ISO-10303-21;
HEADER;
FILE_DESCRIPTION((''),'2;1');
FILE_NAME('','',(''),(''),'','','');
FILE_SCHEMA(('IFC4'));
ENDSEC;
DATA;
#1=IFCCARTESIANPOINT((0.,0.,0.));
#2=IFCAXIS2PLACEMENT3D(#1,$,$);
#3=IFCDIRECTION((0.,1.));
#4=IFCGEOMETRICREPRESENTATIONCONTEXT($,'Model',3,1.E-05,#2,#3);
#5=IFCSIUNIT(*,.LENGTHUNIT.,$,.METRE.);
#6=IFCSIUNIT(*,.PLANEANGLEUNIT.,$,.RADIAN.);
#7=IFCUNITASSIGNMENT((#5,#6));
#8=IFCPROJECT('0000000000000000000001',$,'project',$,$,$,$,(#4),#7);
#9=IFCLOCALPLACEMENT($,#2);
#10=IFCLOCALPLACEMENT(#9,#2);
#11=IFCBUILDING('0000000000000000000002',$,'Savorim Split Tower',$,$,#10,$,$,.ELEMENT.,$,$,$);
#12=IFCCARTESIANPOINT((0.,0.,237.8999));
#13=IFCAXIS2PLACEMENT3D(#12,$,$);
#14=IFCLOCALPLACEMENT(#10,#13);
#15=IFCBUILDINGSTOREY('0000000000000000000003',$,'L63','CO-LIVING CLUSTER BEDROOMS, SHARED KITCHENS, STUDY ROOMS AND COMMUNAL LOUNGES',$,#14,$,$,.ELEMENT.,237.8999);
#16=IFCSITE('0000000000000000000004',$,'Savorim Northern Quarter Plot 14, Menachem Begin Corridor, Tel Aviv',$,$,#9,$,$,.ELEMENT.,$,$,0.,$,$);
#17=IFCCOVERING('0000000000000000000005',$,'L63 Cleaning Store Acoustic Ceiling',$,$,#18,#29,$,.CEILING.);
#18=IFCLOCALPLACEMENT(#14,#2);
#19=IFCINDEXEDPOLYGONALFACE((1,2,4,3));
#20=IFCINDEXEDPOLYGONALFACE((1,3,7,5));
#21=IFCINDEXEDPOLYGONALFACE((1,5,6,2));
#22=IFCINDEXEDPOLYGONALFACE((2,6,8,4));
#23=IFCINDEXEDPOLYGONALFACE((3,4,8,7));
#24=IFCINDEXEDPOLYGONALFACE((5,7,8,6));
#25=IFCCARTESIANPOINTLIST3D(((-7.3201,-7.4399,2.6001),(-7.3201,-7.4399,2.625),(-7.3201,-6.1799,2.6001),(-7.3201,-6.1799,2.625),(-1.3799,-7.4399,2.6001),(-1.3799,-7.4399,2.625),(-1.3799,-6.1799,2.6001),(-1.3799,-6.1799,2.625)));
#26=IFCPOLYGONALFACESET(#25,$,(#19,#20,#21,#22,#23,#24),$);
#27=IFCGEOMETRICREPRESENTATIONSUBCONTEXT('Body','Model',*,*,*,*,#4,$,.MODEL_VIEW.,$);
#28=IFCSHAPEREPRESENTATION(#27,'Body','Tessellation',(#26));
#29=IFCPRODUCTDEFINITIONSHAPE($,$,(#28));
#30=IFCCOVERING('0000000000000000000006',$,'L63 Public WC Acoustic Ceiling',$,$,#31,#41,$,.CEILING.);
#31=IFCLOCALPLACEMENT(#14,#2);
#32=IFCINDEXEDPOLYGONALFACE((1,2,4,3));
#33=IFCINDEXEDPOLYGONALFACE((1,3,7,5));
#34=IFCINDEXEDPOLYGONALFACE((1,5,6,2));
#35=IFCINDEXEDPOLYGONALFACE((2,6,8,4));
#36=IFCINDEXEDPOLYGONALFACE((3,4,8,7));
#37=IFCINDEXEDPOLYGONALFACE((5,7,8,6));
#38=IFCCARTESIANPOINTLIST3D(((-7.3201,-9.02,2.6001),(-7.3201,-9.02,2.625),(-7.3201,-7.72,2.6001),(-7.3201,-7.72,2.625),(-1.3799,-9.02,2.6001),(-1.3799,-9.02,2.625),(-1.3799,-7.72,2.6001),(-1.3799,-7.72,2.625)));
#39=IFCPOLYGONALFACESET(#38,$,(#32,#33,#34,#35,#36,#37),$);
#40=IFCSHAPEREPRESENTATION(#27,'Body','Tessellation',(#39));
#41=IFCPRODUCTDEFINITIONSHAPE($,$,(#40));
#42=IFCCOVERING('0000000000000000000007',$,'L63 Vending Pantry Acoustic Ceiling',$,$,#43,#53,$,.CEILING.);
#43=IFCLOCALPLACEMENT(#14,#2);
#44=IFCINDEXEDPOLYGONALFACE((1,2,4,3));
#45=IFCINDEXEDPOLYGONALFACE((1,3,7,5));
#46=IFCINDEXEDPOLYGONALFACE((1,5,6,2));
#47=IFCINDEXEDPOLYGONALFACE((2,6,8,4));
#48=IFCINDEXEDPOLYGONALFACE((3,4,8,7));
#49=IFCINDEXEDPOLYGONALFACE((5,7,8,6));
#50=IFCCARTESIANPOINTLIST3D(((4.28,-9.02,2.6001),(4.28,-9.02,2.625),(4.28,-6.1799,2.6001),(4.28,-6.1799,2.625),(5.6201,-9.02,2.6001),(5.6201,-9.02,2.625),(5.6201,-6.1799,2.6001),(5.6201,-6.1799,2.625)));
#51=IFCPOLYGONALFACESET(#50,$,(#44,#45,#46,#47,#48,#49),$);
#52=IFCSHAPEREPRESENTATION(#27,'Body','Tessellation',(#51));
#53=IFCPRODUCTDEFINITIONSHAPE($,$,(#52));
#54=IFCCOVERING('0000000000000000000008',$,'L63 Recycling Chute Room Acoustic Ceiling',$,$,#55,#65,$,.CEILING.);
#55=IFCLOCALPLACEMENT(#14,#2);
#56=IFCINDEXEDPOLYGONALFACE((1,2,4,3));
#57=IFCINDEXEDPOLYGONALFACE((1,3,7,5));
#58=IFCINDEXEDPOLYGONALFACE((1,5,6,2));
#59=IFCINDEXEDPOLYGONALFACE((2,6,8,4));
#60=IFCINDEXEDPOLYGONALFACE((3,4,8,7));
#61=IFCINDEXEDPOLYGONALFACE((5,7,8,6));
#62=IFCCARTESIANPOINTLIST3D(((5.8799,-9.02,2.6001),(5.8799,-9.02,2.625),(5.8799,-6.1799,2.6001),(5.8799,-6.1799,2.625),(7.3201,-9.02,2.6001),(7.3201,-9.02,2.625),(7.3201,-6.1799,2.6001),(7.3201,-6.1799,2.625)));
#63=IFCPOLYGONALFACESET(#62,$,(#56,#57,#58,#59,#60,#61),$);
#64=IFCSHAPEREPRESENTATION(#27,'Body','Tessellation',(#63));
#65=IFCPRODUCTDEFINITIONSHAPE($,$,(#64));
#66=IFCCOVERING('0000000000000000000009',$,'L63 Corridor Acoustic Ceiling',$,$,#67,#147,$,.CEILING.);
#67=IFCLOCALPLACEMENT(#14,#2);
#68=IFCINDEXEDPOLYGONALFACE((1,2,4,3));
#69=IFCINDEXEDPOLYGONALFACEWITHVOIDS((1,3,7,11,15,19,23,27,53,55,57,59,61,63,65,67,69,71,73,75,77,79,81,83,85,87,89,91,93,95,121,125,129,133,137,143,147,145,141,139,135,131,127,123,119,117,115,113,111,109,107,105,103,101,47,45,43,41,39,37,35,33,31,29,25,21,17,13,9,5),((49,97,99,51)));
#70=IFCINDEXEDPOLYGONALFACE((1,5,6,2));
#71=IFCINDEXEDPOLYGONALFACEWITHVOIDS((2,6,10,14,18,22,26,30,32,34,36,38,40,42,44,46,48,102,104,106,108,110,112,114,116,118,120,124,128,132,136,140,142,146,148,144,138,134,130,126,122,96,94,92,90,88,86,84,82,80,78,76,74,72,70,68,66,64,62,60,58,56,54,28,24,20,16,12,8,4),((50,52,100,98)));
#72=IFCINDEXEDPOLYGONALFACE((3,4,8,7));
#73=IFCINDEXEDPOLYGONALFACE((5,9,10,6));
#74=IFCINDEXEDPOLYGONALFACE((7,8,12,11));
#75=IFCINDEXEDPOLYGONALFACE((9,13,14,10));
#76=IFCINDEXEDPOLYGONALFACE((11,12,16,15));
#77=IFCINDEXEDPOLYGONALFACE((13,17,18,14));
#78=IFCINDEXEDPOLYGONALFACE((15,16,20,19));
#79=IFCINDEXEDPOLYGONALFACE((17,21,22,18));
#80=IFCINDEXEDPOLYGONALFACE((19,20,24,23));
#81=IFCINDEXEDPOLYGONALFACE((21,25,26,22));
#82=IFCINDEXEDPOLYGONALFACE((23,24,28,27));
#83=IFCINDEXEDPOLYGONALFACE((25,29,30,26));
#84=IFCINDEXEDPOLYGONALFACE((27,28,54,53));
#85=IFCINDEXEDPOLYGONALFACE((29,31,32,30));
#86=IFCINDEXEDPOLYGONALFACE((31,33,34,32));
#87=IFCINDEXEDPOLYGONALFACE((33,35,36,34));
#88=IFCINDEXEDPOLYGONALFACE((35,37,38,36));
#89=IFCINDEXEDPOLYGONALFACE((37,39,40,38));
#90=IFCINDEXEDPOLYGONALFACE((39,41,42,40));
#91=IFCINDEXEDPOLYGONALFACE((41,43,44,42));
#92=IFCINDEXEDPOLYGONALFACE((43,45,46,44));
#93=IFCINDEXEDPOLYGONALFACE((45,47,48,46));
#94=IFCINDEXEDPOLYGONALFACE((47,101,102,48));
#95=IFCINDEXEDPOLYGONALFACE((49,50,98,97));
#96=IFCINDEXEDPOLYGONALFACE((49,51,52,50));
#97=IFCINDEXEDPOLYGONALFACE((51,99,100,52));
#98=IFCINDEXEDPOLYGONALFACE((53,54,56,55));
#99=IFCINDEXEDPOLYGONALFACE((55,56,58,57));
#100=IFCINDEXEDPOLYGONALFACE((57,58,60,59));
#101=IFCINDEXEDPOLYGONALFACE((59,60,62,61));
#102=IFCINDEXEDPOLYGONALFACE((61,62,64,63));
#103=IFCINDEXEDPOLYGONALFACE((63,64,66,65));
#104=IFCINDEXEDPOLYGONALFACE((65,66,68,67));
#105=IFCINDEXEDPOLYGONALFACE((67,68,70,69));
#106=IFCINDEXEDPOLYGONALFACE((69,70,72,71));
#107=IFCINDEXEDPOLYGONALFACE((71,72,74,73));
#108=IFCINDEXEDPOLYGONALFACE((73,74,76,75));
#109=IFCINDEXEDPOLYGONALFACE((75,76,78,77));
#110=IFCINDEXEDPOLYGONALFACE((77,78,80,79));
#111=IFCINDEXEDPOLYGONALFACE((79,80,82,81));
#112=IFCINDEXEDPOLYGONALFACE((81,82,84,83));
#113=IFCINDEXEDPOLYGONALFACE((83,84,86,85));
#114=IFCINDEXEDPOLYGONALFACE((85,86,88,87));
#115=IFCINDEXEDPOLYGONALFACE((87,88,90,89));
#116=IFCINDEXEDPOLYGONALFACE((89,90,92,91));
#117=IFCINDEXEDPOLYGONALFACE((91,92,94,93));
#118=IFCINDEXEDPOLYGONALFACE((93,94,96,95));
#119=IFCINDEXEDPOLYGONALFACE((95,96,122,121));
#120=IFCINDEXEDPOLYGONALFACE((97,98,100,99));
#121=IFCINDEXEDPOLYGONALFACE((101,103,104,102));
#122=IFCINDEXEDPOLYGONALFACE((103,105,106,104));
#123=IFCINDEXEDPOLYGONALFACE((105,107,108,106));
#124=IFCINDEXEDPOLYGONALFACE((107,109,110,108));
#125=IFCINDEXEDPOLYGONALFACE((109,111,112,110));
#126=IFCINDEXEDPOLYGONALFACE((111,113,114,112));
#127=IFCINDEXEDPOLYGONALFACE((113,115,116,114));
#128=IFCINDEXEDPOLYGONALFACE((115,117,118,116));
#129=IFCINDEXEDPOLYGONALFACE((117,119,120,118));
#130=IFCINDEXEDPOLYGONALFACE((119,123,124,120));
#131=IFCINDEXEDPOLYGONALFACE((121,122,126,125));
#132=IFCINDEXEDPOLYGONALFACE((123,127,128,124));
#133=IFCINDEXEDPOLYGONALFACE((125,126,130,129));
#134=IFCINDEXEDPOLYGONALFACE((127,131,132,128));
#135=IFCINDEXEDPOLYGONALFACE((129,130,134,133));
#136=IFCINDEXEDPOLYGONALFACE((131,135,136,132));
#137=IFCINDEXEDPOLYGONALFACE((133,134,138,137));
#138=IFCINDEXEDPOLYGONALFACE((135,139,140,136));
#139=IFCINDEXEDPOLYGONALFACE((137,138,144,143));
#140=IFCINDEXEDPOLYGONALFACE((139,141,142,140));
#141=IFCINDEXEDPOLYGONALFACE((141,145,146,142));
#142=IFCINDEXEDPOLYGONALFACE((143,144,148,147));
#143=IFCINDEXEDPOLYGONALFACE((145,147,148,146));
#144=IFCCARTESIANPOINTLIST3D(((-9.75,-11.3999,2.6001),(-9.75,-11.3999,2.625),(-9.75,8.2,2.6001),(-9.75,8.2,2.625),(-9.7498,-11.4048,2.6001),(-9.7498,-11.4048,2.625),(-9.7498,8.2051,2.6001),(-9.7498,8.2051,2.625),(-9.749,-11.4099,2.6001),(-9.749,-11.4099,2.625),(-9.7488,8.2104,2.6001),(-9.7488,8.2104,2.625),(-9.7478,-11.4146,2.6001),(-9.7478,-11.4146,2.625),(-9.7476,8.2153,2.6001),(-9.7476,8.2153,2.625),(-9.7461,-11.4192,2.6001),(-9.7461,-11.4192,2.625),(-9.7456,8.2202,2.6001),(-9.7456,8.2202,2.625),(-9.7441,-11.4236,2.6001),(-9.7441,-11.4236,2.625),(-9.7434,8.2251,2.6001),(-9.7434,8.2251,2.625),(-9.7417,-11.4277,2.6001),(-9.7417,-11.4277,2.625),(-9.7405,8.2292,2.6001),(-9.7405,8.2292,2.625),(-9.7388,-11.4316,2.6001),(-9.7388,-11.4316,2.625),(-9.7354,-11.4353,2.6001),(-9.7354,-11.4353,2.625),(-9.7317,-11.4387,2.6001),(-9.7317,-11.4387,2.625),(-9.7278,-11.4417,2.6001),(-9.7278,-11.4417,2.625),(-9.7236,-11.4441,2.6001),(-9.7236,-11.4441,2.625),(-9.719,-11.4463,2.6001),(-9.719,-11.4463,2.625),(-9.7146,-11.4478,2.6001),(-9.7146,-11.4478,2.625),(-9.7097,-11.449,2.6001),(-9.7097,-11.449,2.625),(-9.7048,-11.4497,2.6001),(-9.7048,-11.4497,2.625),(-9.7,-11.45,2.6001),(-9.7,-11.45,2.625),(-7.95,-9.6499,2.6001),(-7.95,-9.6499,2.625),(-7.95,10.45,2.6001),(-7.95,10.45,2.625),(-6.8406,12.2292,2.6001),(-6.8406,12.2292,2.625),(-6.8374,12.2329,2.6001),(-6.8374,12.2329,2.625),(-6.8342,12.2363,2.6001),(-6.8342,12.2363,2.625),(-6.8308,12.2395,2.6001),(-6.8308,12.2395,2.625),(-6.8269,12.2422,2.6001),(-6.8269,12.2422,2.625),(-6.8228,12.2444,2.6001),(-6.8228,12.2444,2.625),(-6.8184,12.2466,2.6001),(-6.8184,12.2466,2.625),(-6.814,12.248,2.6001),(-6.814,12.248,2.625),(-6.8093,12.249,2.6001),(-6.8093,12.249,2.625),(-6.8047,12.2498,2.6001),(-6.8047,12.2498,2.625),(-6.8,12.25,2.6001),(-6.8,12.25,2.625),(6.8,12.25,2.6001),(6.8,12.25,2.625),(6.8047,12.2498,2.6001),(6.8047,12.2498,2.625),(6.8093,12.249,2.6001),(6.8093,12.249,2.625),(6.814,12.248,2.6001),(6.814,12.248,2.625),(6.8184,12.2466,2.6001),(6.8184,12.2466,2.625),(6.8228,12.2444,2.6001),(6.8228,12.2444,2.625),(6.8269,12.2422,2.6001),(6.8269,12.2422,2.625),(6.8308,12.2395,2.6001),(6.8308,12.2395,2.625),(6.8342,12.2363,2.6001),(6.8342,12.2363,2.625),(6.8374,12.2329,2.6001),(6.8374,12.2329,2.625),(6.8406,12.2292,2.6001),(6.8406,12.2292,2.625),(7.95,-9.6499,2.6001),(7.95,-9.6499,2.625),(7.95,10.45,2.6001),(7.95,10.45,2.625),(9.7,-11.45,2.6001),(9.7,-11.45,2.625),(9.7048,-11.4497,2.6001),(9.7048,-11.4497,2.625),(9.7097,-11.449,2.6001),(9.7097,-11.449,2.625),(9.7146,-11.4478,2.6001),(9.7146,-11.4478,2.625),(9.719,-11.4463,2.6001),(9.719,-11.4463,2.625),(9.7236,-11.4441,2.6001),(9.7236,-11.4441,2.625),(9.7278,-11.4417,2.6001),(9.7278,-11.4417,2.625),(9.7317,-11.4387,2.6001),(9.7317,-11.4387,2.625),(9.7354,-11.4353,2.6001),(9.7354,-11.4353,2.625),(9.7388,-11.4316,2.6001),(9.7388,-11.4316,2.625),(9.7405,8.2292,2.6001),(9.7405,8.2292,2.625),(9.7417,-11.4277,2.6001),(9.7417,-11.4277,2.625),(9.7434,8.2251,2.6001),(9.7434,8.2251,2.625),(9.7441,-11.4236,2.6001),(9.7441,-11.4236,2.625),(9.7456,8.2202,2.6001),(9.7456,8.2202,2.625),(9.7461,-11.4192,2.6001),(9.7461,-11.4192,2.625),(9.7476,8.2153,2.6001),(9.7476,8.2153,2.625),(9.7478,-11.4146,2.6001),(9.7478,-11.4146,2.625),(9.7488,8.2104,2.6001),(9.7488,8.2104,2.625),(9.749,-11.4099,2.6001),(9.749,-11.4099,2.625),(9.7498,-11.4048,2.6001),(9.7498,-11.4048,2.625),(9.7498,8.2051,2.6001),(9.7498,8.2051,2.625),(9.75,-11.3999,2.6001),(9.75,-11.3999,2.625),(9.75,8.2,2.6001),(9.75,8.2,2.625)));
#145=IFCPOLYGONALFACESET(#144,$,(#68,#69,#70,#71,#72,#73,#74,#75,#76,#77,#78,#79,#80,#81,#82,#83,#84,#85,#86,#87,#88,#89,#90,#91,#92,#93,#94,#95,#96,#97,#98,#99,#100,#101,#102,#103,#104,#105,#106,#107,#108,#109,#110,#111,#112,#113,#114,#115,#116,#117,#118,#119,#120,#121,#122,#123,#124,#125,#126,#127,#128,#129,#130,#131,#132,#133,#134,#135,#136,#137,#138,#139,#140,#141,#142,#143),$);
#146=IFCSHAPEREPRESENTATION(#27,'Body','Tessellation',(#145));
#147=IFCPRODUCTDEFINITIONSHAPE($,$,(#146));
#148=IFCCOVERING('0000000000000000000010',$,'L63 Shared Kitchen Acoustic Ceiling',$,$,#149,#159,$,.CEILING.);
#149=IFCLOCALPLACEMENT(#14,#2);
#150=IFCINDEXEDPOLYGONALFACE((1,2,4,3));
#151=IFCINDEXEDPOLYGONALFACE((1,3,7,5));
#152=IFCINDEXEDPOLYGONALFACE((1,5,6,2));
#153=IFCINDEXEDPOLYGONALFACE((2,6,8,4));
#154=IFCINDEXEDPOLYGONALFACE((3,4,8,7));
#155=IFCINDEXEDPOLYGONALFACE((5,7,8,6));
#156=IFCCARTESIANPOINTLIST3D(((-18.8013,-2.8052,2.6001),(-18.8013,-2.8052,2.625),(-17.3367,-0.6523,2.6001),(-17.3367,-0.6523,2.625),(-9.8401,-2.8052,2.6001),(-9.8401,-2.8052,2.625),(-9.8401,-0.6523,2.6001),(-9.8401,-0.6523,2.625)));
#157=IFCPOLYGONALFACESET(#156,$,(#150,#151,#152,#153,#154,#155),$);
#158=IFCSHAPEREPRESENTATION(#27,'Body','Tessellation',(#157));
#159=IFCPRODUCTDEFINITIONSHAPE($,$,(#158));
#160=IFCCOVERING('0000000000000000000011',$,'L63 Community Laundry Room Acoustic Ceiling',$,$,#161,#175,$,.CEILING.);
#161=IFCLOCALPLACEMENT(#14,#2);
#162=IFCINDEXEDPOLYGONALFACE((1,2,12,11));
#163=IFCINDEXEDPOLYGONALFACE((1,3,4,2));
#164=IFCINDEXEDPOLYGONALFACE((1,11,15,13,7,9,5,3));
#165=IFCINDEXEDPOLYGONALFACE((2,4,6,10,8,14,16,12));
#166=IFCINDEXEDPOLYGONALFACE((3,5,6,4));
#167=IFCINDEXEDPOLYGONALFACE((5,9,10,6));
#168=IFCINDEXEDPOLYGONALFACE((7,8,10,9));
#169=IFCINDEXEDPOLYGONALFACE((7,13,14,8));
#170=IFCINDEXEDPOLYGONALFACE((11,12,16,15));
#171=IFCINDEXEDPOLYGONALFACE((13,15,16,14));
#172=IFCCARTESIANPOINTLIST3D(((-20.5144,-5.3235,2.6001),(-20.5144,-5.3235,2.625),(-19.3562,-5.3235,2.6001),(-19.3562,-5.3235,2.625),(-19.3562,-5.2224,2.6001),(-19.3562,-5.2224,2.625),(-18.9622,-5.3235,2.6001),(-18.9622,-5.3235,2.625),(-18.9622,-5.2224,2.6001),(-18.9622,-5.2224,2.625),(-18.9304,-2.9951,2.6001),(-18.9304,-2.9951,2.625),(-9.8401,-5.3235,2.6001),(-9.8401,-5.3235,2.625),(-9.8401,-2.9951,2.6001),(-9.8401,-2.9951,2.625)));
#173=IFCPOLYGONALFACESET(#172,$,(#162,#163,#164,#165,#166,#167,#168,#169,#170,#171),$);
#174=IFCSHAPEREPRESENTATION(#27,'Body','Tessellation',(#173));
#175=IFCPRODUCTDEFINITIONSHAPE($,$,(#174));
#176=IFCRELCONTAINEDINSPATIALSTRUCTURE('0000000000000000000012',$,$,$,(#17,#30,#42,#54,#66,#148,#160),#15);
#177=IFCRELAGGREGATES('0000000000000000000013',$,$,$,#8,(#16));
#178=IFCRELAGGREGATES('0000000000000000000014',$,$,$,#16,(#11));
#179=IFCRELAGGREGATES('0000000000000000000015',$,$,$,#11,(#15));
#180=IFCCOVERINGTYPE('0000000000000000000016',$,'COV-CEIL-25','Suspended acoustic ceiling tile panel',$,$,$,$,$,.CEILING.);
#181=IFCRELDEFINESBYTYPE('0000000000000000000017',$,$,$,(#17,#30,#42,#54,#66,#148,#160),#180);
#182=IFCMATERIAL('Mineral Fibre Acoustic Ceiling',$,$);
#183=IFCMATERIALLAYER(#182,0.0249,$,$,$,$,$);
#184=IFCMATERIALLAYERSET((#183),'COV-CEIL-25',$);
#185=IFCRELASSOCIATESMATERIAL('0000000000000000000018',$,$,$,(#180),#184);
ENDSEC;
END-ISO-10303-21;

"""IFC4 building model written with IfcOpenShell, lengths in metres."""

from ifc_helpers import new_model, si_unit, direction, frame, origin, place, context, subcontext, project, spatial, polyline, outline, extrude, material, layer, layer_set, type_object, element, save


model = new_model("IFC4")

# Units and contexts
model_context = context("Model", 3, precision=1e-05, world=origin(), true_north=direction((0.0, 1.0)))
body_context = subcontext(model_context, "Body", "Model", "MODEL_VIEW")
ifc_project = project(units=[si_unit("LENGTHUNIT", "METRE"), si_unit("PLANEANGLEUNIT", "RADIAN")], contexts=[model_context])

# Site, building, storey
site_placement = place(None, origin())
site = spatial("IfcSite", under=ifc_project, at=site_placement, Name="Savorim Northern Quarter Plot 14, Menachem Begin Corridor, Tel Aviv", CompositionType="ELEMENT", RefElevation=0.0)
building_placement = place(site_placement, origin())
building = spatial("IfcBuilding", under=site, at=building_placement, Name="Savorim Split Tower", CompositionType="ELEMENT")
storey_placement = place(building_placement, frame((0.0, 0.0, 237.8999)))
storey = spatial("IfcBuildingStorey", under=building, at=storey_placement, Name="L63", Description="CO-LIVING CLUSTER BEDROOMS, SHARED KITCHENS, STUDY ROOMS AND COMMUNAL LOUNGES", CompositionType="ELEMENT", Elevation=237.8999)

# Coverings
ifc_material_1 = material(Name="Mineral Fibre Acoustic Ceiling")
ifc_layer_1 = layer(ifc_material_1, 0.0249)
ifc_layer_set_1 = layer_set([ifc_layer_1], Name="COV-CEIL-25")
covering_type_1 = type_object("IfcCoveringType", Name="COV-CEIL-25", Description="Suspended acoustic ceiling tile panel", PredefinedType="CEILING", material=ifc_layer_set_1)
covering_1_placement = place(storey_placement, frame((0.0, 0.0, 2.6001)))
element("IfcCovering", 1, at=covering_1_placement, inside=storey, type_object=covering_type_1, Name="L63 Cleaning Store Acoustic Ceiling", PredefinedType="CEILING", context=body_context, shape_type="SweptSolid", body=[
    extrude(outline(polyline([(-7.3201, -6.1799), (-7.3201, -7.4399), (-1.3799, -7.4399), (-1.3799, -6.1799), (-7.3201, -6.1799)])), origin(), (0.0, 0.0, 1.0), 0.0249),
])
covering_2_placement = place(storey_placement, frame((0.0, 0.0, 2.6001)))
element("IfcCovering", 2, at=covering_2_placement, inside=storey, type_object=covering_type_1, Name="L63 Public WC Acoustic Ceiling", PredefinedType="CEILING", context=body_context, shape_type="SweptSolid", body=[
    extrude(outline(polyline([(-7.3201, -7.72), (-7.3201, -9.02), (-1.3799, -9.02), (-1.3799, -7.72), (-7.3201, -7.72)])), origin(), (0.0, 0.0, 1.0), 0.0249),
])
covering_3_placement = place(storey_placement, frame((0.0, 0.0, 2.6001)))
element("IfcCovering", 3, at=covering_3_placement, inside=storey, type_object=covering_type_1, Name="L63 Vending Pantry Acoustic Ceiling", PredefinedType="CEILING", context=body_context, shape_type="SweptSolid", body=[
    extrude(outline(polyline([(4.28, -6.1799), (4.28, -9.02), (5.6201, -9.02), (5.6201, -6.1799), (4.28, -6.1799)])), origin(), (0.0, 0.0, 1.0), 0.0249),
])
covering_4_placement = place(storey_placement, frame((0.0, 0.0, 2.6001)))
element("IfcCovering", 4, at=covering_4_placement, inside=storey, type_object=covering_type_1, Name="L63 Recycling Chute Room Acoustic Ceiling", PredefinedType="CEILING", context=body_context, shape_type="SweptSolid", body=[
    extrude(outline(polyline([(5.8799, -6.1799), (5.8799, -9.02), (7.3201, -9.02), (7.3201, -6.1799), (5.8799, -6.1799)])), origin(), (0.0, 0.0, 1.0), 0.0249),
])
covering_5_placement = place(storey_placement, frame((0.0, 0.0, 2.6001)))
element("IfcCovering", 5, at=covering_5_placement, inside=storey, type_object=covering_type_1, Name="L63 Corridor Acoustic Ceiling", PredefinedType="CEILING", context=body_context, shape_type="SweptSolid", body=[
    extrude(outline(polyline([(6.8093, 12.249), (6.8047, 12.2498), (6.8, 12.25), (-6.8, 12.25), (-6.8047, 12.2498), (-6.8093, 12.249), (-6.814, 12.248), (-6.8184, 12.2466), (-6.8228, 12.2444), (-6.8269, 12.2422), (-6.8308, 12.2395), (-6.8342, 12.2363), (-6.8374, 12.2329), (-6.8406, 12.2292), (-9.7405, 8.2292), (-9.7434, 8.2251), (-9.7456, 8.2202), (-9.7476, 8.2153), (-9.7488, 8.2104), (-9.7498, 8.2051), (-9.75, 8.2), (-9.75, -11.3999), (-9.7498, -11.4048), (-9.749, -11.4099), (-9.7478, -11.4146), (-9.7461, -11.4192), (-9.7441, -11.4236), (-9.7417, -11.4277), (-9.7388, -11.4316), (-9.7354, -11.4353), (-9.7317, -11.4387), (-9.7278, -11.4417), (-9.7236, -11.4441), (-9.719, -11.4463), (-9.7146, -11.4478), (-9.7097, -11.449), (-9.7048, -11.4497), (-9.7, -11.45), (9.7, -11.45), (9.7048, -11.4497), (9.7097, -11.449), (9.7146, -11.4478), (9.719, -11.4463), (9.7236, -11.4441), (9.7278, -11.4417), (9.7317, -11.4387), (9.7354, -11.4353), (9.7388, -11.4316), (9.7417, -11.4277), (9.7441, -11.4236), (9.7461, -11.4192), (9.7478, -11.4146), (9.749, -11.4099), (9.7498, -11.4048), (9.75, -11.3999), (9.75, 8.2), (9.7498, 8.2051), (9.7488, 8.2104), (9.7476, 8.2153), (9.7456, 8.2202), (9.7434, 8.2251), (9.7405, 8.2292), (6.8406, 12.2292), (6.8374, 12.2329), (6.8342, 12.2363), (6.8308, 12.2395), (6.8269, 12.2422), (6.8228, 12.2444), (6.8184, 12.2466), (6.814, 12.248), (6.8093, 12.249)]), holes=[polyline([(-7.95, 10.45), (-7.95, -9.6499), (7.95, -9.6499), (7.95, 10.45), (-7.95, 10.45)])]), origin(), (0.0, 0.0, 1.0), 0.0249),
])
covering_6_placement = place(storey_placement, frame((0.0, 0.0, 2.6001)))
element("IfcCovering", 6, at=covering_6_placement, inside=storey, type_object=covering_type_1, Name="L63 Shared Kitchen Acoustic Ceiling", PredefinedType="CEILING", context=body_context, shape_type="SweptSolid", body=[
    extrude(outline(polyline([(-17.3367, -0.6523), (-18.8013, -2.8052), (-9.8401, -2.8052), (-9.8401, -0.6523), (-17.3367, -0.6523)])), origin(), (0.0, 0.0, 1.0), 0.0249),
])
covering_7_placement = place(storey_placement, frame((0.0, 0.0, 2.6001)))
element("IfcCovering", 7, at=covering_7_placement, inside=storey, type_object=covering_type_1, Name="L63 Community Laundry Room Acoustic Ceiling", PredefinedType="CEILING", context=body_context, shape_type="SweptSolid", body=[
    extrude(outline(polyline([(-18.9622, -5.2224), (-18.9622, -5.3235), (-9.8401, -5.3235), (-9.8401, -2.9951), (-18.9304, -2.9951), (-20.5144, -5.3235), (-19.3562, -5.3235), (-19.3562, -5.2224), (-18.9622, -5.2224)])), origin(), (0.0, 0.0, 1.0), 0.0249),
])

save(model, "model.ifc")
